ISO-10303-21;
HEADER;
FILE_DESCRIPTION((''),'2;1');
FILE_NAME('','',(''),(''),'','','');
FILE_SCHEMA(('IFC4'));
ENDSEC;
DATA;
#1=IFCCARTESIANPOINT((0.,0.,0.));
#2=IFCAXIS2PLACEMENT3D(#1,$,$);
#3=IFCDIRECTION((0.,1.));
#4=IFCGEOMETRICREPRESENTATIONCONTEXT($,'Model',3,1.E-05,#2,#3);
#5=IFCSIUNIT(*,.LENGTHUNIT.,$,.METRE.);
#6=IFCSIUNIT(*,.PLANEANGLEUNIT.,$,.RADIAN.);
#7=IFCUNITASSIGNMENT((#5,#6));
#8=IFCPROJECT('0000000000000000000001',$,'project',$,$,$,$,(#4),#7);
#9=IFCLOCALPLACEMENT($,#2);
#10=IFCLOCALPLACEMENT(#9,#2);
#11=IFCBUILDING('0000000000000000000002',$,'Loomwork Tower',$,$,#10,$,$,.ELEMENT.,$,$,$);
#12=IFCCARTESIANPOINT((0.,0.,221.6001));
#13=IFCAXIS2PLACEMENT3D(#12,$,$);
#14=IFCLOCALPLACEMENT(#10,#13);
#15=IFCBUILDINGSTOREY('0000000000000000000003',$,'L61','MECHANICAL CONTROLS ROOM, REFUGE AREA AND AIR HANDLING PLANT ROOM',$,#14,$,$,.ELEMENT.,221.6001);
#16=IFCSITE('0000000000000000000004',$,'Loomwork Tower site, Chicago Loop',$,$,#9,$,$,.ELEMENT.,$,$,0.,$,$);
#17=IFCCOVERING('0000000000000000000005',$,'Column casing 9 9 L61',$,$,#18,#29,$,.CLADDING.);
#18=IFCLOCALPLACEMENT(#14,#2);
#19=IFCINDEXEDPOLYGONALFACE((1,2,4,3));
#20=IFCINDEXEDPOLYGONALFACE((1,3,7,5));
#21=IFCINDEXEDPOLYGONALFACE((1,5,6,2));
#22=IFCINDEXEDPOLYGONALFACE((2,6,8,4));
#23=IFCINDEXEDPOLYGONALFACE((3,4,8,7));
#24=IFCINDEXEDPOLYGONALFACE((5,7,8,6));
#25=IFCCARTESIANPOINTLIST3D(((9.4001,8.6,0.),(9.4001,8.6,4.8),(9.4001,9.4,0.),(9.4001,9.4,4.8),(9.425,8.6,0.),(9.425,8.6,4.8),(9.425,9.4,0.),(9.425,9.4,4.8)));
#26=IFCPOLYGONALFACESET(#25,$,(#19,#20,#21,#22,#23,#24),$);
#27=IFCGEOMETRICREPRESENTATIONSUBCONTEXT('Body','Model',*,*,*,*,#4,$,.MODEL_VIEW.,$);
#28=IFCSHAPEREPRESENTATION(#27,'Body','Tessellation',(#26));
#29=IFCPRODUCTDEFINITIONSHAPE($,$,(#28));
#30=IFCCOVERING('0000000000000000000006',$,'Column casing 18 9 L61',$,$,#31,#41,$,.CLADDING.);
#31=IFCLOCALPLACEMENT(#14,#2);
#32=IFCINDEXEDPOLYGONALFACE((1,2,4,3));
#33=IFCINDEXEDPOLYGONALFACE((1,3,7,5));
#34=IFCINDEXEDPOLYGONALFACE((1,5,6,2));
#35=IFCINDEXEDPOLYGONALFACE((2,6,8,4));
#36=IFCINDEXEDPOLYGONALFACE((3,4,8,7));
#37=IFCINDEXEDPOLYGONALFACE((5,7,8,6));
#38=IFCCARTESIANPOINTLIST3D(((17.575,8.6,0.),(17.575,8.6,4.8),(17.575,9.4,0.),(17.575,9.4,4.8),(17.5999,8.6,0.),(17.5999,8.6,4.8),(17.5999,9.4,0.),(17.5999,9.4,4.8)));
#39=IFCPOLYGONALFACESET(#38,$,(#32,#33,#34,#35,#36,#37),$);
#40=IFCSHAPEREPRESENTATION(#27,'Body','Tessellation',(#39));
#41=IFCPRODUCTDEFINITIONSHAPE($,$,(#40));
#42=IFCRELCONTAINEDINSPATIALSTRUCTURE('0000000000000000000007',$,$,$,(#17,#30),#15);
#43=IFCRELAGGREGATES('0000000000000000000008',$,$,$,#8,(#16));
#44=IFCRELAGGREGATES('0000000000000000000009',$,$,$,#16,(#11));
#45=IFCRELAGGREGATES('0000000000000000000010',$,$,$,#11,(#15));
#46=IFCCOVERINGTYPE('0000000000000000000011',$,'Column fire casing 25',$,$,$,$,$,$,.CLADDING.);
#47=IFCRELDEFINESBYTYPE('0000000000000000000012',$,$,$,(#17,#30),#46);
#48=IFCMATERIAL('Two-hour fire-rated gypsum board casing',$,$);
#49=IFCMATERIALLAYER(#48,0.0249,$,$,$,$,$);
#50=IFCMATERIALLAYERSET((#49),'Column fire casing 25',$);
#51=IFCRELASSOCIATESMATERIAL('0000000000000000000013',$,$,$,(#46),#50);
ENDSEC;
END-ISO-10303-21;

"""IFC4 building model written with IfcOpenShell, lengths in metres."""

from ifc_helpers import new_model, si_unit, direction, frame, origin, origin_2d, place, context, subcontext, project, spatial, rectangle, extrude, material, layer, layer_set, type_object, element, save


model = new_model("IFC4")

# Units and contexts
model_context = context("Model", 3, precision=1e-05, world=origin(), true_north=direction((0.0, 1.0)))
body_context = subcontext(model_context, "Body", "Model", "MODEL_VIEW")
ifc_project = project(units=[si_unit("LENGTHUNIT", "METRE"), si_unit("PLANEANGLEUNIT", "RADIAN")], contexts=[model_context])

# Site, building, storey
site_placement = place(None, origin())
site = spatial("IfcSite", under=ifc_project, at=site_placement, Name="Loomwork Tower site, Chicago Loop", CompositionType="ELEMENT", RefElevation=0.0)
building_placement = place(site_placement, origin())
building = spatial("IfcBuilding", under=site, at=building_placement, Name="Loomwork Tower", CompositionType="ELEMENT")
storey_placement = place(building_placement, frame((0.0, 0.0, 221.6001)))
storey = spatial("IfcBuildingStorey", under=building, at=storey_placement, Name="L61", Description="MECHANICAL CONTROLS ROOM, REFUGE AREA AND AIR HANDLING PLANT ROOM", CompositionType="ELEMENT", Elevation=221.6001)

# Coverings
ifc_material_1 = material(Name="Two-hour fire-rated gypsum board casing")
ifc_layer_1 = layer(ifc_material_1, 0.0249)
ifc_layer_set_1 = layer_set([ifc_layer_1], Name="Column fire casing 25")
covering_type = type_object("IfcCoveringType", Name="Column fire casing 25", PredefinedType="CLADDING", material=ifc_layer_set_1)
for number, where, z_axis, x_axis, name in (
    (1, (9.4126, 9.0, 0.0), (0.0, 0.0, 1.0), (1.0, 0.0, 0.0), "Column casing 9 9 L61"),
    (2, (17.5874, 9.0, 0.0), (0.0, 0.0, 1.0), (1.0, 0.0, 0.0), "Column casing 18 9 L61"),
):
    element("IfcCovering", number, at=place(storey_placement, frame(where, z_axis=z_axis, x_axis=x_axis)), inside=storey, type_object=covering_type, Name=name, PredefinedType="CLADDING", context=body_context, shape_type="SweptSolid", body=[
        extrude(rectangle(XDim=0.0249, YDim=0.8, at=origin_2d()), origin(), (0.0, 0.0, 1.0), 4.8),
    ])

save(model, "model.ifc")
